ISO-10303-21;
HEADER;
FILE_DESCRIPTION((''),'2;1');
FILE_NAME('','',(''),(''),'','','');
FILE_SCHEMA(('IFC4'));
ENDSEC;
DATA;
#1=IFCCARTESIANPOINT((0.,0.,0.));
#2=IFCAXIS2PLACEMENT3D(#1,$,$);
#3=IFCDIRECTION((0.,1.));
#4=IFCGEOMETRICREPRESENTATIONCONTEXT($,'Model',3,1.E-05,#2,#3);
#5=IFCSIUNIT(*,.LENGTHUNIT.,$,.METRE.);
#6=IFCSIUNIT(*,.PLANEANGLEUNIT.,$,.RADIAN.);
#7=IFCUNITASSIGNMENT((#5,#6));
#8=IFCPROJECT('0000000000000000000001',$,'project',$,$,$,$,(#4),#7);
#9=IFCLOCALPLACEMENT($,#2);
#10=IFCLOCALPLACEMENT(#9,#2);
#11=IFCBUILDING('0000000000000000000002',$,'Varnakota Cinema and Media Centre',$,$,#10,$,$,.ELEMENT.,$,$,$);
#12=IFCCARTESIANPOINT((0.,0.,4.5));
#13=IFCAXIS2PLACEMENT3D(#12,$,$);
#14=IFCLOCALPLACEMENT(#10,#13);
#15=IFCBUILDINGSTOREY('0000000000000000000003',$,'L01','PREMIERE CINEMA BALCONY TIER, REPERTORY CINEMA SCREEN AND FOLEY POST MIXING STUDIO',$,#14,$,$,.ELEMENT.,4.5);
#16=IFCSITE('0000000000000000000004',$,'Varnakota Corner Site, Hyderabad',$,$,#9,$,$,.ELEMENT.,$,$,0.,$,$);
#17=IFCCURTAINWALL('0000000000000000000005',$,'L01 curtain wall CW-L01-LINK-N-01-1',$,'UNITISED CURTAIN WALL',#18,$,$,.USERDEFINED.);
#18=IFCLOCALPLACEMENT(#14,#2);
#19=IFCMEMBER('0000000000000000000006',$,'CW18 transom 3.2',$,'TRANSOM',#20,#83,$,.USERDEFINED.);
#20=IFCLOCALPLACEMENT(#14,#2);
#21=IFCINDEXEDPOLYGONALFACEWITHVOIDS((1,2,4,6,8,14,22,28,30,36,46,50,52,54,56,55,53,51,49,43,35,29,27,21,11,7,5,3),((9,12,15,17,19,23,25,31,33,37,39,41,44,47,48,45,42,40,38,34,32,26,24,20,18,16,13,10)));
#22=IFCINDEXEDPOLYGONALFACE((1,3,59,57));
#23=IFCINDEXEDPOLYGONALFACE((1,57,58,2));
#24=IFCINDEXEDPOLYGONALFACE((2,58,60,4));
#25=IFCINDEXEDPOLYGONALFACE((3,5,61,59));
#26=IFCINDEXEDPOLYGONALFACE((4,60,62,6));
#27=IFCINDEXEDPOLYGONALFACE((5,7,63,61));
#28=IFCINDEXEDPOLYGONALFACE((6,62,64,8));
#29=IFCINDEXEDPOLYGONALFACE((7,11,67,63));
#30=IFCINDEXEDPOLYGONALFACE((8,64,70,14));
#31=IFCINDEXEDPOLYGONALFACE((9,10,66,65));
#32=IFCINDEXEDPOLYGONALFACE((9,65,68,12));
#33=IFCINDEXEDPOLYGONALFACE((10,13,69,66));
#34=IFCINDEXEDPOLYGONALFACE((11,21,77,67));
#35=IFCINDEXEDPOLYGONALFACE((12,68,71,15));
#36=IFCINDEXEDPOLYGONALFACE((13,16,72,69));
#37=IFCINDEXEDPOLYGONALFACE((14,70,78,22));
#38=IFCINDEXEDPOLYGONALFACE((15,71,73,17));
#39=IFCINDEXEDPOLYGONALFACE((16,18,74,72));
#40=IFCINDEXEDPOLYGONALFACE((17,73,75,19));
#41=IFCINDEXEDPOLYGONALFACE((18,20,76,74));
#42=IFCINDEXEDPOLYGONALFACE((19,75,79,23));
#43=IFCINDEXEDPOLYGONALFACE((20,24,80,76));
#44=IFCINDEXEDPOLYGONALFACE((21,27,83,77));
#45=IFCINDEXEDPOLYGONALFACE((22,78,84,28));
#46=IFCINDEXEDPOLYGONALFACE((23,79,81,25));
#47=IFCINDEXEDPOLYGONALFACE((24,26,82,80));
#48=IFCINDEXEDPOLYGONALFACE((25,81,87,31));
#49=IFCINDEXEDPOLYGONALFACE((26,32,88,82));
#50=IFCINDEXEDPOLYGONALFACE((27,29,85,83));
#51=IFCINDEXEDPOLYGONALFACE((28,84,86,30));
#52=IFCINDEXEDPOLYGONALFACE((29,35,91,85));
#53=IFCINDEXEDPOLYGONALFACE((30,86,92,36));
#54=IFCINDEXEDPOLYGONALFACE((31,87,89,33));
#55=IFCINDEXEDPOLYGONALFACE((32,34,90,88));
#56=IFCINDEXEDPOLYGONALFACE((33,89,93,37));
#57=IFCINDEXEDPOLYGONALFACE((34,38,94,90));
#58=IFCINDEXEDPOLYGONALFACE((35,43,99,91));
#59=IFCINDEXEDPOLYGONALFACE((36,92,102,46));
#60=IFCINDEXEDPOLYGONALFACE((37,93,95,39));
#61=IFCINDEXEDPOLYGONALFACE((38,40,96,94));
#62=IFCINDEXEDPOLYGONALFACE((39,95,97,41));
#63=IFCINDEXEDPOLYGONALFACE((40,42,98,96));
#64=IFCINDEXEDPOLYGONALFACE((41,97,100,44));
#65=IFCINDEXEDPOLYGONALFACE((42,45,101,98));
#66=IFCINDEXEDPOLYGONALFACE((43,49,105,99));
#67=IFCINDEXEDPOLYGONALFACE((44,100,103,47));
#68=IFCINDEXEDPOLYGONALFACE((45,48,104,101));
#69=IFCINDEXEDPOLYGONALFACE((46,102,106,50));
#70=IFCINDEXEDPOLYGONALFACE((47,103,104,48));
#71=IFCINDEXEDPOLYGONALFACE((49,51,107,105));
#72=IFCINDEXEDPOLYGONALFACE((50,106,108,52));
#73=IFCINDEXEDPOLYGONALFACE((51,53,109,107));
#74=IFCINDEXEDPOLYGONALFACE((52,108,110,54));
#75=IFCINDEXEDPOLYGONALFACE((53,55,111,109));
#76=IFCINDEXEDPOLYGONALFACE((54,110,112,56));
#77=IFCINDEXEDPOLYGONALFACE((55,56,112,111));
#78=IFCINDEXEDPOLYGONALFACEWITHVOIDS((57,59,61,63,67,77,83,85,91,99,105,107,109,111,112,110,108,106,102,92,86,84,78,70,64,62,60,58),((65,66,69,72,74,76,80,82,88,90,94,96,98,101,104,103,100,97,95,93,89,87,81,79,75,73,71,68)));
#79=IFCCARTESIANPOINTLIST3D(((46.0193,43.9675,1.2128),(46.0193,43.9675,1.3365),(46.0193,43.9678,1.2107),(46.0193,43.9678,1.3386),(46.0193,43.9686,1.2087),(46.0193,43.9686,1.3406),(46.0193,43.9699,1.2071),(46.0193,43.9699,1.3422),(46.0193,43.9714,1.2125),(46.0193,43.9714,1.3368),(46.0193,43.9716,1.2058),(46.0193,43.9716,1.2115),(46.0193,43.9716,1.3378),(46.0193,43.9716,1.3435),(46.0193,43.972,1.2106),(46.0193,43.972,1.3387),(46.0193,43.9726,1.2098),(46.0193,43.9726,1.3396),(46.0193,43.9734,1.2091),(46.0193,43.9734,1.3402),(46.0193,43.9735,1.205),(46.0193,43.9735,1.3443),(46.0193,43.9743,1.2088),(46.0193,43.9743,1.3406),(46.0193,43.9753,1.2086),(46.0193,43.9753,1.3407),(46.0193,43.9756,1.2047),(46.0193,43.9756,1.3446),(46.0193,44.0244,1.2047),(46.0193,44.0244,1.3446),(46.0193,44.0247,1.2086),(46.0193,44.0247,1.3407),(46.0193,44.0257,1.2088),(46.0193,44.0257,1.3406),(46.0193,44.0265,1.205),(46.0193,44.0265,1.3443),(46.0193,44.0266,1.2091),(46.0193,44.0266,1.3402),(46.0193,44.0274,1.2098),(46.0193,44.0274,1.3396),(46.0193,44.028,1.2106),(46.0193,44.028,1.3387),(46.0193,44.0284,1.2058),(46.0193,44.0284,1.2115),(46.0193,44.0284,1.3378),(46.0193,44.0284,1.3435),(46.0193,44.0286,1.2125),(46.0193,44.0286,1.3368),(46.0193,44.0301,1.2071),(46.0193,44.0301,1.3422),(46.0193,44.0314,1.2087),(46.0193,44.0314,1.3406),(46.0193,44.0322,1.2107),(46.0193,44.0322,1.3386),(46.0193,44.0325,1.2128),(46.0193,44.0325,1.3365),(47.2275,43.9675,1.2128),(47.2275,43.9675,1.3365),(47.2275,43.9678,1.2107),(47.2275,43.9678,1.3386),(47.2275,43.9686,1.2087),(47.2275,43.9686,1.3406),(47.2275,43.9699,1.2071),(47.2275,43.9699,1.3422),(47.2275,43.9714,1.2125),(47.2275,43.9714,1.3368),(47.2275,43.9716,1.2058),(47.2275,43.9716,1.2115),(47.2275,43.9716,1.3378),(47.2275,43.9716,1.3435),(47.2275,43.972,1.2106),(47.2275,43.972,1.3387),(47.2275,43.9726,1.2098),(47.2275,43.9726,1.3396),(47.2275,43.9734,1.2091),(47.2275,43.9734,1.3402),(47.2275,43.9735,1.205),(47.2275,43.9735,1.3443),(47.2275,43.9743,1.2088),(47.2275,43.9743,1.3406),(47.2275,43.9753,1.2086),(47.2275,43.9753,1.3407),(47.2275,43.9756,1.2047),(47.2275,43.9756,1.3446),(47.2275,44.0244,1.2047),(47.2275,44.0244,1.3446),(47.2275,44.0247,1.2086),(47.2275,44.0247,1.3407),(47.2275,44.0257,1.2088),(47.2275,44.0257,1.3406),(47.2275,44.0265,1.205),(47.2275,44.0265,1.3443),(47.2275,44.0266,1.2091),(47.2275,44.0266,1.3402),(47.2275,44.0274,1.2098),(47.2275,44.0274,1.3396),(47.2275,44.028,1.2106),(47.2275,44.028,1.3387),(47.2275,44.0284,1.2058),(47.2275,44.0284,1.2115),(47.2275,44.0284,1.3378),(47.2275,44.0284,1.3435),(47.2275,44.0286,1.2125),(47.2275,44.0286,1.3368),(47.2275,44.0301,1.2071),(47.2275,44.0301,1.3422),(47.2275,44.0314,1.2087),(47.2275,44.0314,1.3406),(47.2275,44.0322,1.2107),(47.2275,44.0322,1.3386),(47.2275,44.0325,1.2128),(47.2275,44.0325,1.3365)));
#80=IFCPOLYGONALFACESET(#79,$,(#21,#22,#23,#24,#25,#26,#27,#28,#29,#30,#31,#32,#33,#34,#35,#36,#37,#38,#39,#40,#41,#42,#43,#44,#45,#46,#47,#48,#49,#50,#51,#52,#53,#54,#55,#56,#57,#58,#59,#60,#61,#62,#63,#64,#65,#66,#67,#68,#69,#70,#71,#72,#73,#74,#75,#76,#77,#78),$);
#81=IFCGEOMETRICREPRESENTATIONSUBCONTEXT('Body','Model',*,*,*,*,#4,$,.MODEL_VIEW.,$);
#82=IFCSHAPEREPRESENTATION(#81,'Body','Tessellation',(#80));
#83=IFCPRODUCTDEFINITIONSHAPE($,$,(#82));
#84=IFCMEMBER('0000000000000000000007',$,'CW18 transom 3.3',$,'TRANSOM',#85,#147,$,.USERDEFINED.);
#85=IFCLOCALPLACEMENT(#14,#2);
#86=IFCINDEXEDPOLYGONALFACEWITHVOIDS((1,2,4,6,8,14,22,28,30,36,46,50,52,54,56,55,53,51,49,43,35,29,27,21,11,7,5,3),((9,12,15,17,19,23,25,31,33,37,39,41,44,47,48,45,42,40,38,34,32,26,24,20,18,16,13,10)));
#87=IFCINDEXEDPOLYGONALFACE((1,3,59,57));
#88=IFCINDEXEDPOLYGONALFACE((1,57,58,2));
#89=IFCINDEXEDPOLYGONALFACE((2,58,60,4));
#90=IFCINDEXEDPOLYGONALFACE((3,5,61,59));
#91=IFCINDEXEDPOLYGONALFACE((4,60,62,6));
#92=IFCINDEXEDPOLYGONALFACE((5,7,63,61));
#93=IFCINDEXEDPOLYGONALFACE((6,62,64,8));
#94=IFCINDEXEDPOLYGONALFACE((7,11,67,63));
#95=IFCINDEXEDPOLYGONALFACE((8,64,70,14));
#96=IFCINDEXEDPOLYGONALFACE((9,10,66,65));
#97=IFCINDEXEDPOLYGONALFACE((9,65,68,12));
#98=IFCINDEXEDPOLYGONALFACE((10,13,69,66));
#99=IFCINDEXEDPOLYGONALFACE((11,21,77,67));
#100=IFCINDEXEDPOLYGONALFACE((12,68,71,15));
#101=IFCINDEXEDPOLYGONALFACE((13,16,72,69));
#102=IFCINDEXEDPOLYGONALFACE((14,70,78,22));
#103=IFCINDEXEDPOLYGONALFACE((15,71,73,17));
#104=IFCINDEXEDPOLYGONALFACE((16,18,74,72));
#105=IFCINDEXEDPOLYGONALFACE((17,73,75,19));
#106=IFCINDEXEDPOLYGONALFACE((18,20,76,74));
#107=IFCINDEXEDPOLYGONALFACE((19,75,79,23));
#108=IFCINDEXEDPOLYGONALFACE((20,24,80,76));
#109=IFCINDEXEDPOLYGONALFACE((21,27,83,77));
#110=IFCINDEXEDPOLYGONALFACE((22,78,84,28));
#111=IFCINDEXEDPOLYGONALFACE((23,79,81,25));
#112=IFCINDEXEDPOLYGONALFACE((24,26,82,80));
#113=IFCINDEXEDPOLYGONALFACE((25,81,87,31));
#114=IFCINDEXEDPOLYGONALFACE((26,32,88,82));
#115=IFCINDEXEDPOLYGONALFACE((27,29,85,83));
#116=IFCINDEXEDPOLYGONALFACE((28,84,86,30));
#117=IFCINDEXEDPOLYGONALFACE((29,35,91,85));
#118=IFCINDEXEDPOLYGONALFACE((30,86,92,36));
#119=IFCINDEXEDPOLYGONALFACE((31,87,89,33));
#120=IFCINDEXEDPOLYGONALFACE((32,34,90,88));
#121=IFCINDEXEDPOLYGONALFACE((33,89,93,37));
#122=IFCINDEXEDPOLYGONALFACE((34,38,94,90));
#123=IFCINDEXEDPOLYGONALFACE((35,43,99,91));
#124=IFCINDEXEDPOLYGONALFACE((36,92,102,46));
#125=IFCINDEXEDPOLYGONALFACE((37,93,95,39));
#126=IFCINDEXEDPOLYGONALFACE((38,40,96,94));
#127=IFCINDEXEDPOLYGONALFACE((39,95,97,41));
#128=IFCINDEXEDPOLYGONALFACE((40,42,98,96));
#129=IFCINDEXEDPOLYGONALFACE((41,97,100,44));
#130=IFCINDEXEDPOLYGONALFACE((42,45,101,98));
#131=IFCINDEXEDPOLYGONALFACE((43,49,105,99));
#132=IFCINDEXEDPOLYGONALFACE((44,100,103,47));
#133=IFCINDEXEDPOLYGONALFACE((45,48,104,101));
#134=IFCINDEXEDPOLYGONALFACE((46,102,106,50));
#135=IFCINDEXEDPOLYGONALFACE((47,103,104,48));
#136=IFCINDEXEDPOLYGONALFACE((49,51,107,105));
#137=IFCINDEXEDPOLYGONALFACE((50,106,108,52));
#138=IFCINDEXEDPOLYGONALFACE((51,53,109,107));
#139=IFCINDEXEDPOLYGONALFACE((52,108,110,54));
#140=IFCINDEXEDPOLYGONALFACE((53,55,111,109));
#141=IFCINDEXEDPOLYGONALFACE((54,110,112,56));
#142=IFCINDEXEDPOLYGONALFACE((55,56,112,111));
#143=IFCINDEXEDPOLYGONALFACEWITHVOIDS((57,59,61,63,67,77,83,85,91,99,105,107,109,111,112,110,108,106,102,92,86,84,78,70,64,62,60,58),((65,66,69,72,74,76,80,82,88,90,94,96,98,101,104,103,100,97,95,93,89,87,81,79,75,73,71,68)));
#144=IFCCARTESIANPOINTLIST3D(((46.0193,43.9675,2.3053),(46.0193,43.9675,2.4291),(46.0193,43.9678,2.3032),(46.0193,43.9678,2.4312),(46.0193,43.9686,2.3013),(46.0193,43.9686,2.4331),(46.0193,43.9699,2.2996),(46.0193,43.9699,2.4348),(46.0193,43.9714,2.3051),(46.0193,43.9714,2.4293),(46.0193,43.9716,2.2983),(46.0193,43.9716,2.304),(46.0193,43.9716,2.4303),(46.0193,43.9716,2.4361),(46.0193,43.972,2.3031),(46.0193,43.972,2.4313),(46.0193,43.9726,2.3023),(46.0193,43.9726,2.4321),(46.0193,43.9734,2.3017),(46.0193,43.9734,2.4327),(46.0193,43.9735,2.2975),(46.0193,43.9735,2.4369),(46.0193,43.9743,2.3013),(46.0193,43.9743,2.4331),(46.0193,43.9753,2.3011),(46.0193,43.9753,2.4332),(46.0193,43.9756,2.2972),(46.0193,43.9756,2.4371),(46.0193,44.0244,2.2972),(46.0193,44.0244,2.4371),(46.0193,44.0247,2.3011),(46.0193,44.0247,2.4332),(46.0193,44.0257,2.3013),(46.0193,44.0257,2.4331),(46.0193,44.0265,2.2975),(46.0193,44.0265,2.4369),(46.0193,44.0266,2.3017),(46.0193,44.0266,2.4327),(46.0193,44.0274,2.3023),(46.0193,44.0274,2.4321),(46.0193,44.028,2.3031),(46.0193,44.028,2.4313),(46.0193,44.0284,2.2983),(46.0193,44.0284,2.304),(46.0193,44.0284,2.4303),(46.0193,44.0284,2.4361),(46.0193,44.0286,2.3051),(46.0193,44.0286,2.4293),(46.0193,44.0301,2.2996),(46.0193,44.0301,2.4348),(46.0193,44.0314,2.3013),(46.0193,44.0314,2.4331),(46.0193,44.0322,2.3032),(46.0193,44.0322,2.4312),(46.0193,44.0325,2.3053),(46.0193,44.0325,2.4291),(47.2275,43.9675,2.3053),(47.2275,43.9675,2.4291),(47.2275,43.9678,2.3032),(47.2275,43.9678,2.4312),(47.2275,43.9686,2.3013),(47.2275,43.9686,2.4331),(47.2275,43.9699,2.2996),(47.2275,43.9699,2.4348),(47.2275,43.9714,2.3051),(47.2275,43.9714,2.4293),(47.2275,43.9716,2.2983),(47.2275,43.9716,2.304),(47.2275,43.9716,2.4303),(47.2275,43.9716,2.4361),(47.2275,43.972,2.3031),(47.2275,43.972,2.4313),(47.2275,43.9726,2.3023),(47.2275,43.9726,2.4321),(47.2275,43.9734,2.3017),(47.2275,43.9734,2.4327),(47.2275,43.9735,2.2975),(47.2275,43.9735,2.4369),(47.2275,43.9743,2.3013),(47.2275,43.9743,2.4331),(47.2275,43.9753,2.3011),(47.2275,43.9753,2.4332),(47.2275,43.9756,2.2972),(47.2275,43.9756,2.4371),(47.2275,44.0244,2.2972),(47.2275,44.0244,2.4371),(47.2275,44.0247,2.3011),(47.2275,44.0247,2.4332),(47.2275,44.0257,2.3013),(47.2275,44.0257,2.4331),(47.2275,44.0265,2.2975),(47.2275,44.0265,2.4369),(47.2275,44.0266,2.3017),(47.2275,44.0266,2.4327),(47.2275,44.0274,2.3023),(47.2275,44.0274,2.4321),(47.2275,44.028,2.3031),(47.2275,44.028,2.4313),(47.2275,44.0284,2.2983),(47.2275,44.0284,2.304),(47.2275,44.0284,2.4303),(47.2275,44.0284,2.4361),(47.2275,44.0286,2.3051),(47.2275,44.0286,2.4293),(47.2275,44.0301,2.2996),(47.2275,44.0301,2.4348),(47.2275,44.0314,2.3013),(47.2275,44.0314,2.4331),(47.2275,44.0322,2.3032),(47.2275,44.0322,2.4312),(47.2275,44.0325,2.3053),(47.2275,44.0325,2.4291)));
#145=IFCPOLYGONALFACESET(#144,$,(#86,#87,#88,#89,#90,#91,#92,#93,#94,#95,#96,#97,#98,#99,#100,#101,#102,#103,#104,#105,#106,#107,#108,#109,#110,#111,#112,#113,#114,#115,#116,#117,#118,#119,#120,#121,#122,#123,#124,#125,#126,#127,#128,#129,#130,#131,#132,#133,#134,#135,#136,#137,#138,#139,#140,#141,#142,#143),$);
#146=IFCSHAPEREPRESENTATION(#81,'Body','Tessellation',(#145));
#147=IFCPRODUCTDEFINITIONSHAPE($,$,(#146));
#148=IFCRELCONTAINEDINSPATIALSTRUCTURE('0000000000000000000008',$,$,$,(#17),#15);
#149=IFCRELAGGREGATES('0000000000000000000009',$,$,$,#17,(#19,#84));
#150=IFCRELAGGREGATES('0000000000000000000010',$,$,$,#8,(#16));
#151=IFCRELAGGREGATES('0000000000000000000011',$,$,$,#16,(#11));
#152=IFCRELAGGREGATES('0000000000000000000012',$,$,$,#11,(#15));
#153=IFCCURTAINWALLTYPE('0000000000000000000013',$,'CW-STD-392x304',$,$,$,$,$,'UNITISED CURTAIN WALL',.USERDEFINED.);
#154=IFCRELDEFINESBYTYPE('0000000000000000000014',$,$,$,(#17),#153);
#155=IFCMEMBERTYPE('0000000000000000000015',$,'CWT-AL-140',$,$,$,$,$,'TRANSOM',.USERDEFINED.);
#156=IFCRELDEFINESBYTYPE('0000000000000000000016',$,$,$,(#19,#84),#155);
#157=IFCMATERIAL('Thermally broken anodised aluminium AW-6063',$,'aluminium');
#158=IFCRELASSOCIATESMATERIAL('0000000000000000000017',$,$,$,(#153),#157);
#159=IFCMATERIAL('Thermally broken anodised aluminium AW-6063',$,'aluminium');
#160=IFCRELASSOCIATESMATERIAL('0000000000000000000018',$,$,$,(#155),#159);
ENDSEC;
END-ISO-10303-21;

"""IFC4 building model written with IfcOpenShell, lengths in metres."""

from ifc_helpers import new_model, si_unit, direction, frame, origin, origin_2d, place, context, subcontext, project, spatial, hollow_rectangle, extrude, material, material_profile, profile_set, type_object, element, aggregate, save


model = new_model("IFC4")

# Units and contexts
model_context = context("Model", 3, precision=1e-05, world=origin(), true_north=direction((0.0, 1.0)))
body_context = subcontext(model_context, "Body", "Model", "MODEL_VIEW")
ifc_project = project(units=[si_unit("LENGTHUNIT", "METRE"), si_unit("PLANEANGLEUNIT", "RADIAN")], contexts=[model_context])

# Site, building, storey
site_placement = place(None, origin())
site = spatial("IfcSite", under=ifc_project, at=site_placement, Name="Varnakota Corner Site, Hyderabad", CompositionType="ELEMENT", RefElevation=0.0)
building_placement = place(site_placement, origin())
building = spatial("IfcBuilding", under=site, at=building_placement, Name="Varnakota Cinema and Media Centre", CompositionType="ELEMENT")
storey_placement = place(building_placement, frame((0.0, 0.0, 4.5)))
storey = spatial("IfcBuildingStorey", under=building, at=storey_placement, Name="L01", Description="PREMIERE CINEMA BALCONY TIER, REPERTORY CINEMA SCREEN AND FOLEY POST MIXING STUDIO", CompositionType="ELEMENT", Elevation=4.5)

# Curtain wall
ifc_material_1 = material(Name="Thermally broken anodised aluminium AW-6063", Category="aluminium")
curtain_wall_type_1 = type_object("IfcCurtainWallType", Name="CW-STD-392x304", ElementType="UNITISED CURTAIN WALL", PredefinedType="USERDEFINED", material=ifc_material_1)
curtain_wall_1_placement = place(storey_placement, origin())
curtain_wall_1 = element("IfcCurtainWall", 1, at=curtain_wall_1_placement, inside=storey, type_object=curtain_wall_type_1, Name="L01 curtain wall CW-L01-LINK-N-01-1", ObjectType="UNITISED CURTAIN WALL", PredefinedType="USERDEFINED")

# Members
ifc_material_2 = material(Name="Thermally broken anodised aluminium AW-6063", Category="aluminium")
ifc_material_profile_1 = material_profile(ifc_material_2, hollow_rectangle(XDim=0.0649, YDim=0.1399, WallThickness=0.0039, InnerFilletRadius=0.0039, OuterFilletRadius=0.0081, at=origin_2d()), Name="AL-TRANSOM 140x65x4")
ifc_profile_set_1 = profile_set([ifc_material_profile_1], Name="Thermally broken anodised aluminium AW-6063")
member_type_1 = type_object("IfcMemberType", Name="CWT-AL-140", ElementType="TRANSOM", PredefinedType="USERDEFINED", material=ifc_profile_set_1)
member_1_placement = place(storey_placement, frame((46.0193, 44.0, 1.2747), z_axis=(1.0, 0.0, 0.0), x_axis=(0.0, 1.0, 0.0)))
member_1 = element("IfcMember", 2, at=member_1_placement, type_object=member_type_1, Name="CW18 transom 3.2", ObjectType="TRANSOM", PredefinedType="USERDEFINED", context=body_context, shape_type="SweptSolid", body=[
    extrude(hollow_rectangle(XDim=0.0649, YDim=0.1399, WallThickness=0.0039, InnerFilletRadius=0.0039, OuterFilletRadius=0.0081, at=origin_2d()), origin(), (0.0, 0.0, 1.0), 1.2083),
])
member_2_placement = place(storey_placement, frame((46.0193, 44.0, 2.3672), z_axis=(1.0, 0.0, 0.0), x_axis=(0.0, 1.0, 0.0)))
member_2 = element("IfcMember", 3, at=member_2_placement, type_object=member_type_1, Name="CW18 transom 3.3", ObjectType="TRANSOM", PredefinedType="USERDEFINED", context=body_context, shape_type="SweptSolid", body=[
    extrude(hollow_rectangle(XDim=0.0649, YDim=0.1399, WallThickness=0.0039, InnerFilletRadius=0.0039, OuterFilletRadius=0.0081, at=origin_2d()), origin(), (0.0, 0.0, 1.0), 1.2083),
])

aggregate(curtain_wall_1, [member_1, member_2])

save(model, "model.ifc")
